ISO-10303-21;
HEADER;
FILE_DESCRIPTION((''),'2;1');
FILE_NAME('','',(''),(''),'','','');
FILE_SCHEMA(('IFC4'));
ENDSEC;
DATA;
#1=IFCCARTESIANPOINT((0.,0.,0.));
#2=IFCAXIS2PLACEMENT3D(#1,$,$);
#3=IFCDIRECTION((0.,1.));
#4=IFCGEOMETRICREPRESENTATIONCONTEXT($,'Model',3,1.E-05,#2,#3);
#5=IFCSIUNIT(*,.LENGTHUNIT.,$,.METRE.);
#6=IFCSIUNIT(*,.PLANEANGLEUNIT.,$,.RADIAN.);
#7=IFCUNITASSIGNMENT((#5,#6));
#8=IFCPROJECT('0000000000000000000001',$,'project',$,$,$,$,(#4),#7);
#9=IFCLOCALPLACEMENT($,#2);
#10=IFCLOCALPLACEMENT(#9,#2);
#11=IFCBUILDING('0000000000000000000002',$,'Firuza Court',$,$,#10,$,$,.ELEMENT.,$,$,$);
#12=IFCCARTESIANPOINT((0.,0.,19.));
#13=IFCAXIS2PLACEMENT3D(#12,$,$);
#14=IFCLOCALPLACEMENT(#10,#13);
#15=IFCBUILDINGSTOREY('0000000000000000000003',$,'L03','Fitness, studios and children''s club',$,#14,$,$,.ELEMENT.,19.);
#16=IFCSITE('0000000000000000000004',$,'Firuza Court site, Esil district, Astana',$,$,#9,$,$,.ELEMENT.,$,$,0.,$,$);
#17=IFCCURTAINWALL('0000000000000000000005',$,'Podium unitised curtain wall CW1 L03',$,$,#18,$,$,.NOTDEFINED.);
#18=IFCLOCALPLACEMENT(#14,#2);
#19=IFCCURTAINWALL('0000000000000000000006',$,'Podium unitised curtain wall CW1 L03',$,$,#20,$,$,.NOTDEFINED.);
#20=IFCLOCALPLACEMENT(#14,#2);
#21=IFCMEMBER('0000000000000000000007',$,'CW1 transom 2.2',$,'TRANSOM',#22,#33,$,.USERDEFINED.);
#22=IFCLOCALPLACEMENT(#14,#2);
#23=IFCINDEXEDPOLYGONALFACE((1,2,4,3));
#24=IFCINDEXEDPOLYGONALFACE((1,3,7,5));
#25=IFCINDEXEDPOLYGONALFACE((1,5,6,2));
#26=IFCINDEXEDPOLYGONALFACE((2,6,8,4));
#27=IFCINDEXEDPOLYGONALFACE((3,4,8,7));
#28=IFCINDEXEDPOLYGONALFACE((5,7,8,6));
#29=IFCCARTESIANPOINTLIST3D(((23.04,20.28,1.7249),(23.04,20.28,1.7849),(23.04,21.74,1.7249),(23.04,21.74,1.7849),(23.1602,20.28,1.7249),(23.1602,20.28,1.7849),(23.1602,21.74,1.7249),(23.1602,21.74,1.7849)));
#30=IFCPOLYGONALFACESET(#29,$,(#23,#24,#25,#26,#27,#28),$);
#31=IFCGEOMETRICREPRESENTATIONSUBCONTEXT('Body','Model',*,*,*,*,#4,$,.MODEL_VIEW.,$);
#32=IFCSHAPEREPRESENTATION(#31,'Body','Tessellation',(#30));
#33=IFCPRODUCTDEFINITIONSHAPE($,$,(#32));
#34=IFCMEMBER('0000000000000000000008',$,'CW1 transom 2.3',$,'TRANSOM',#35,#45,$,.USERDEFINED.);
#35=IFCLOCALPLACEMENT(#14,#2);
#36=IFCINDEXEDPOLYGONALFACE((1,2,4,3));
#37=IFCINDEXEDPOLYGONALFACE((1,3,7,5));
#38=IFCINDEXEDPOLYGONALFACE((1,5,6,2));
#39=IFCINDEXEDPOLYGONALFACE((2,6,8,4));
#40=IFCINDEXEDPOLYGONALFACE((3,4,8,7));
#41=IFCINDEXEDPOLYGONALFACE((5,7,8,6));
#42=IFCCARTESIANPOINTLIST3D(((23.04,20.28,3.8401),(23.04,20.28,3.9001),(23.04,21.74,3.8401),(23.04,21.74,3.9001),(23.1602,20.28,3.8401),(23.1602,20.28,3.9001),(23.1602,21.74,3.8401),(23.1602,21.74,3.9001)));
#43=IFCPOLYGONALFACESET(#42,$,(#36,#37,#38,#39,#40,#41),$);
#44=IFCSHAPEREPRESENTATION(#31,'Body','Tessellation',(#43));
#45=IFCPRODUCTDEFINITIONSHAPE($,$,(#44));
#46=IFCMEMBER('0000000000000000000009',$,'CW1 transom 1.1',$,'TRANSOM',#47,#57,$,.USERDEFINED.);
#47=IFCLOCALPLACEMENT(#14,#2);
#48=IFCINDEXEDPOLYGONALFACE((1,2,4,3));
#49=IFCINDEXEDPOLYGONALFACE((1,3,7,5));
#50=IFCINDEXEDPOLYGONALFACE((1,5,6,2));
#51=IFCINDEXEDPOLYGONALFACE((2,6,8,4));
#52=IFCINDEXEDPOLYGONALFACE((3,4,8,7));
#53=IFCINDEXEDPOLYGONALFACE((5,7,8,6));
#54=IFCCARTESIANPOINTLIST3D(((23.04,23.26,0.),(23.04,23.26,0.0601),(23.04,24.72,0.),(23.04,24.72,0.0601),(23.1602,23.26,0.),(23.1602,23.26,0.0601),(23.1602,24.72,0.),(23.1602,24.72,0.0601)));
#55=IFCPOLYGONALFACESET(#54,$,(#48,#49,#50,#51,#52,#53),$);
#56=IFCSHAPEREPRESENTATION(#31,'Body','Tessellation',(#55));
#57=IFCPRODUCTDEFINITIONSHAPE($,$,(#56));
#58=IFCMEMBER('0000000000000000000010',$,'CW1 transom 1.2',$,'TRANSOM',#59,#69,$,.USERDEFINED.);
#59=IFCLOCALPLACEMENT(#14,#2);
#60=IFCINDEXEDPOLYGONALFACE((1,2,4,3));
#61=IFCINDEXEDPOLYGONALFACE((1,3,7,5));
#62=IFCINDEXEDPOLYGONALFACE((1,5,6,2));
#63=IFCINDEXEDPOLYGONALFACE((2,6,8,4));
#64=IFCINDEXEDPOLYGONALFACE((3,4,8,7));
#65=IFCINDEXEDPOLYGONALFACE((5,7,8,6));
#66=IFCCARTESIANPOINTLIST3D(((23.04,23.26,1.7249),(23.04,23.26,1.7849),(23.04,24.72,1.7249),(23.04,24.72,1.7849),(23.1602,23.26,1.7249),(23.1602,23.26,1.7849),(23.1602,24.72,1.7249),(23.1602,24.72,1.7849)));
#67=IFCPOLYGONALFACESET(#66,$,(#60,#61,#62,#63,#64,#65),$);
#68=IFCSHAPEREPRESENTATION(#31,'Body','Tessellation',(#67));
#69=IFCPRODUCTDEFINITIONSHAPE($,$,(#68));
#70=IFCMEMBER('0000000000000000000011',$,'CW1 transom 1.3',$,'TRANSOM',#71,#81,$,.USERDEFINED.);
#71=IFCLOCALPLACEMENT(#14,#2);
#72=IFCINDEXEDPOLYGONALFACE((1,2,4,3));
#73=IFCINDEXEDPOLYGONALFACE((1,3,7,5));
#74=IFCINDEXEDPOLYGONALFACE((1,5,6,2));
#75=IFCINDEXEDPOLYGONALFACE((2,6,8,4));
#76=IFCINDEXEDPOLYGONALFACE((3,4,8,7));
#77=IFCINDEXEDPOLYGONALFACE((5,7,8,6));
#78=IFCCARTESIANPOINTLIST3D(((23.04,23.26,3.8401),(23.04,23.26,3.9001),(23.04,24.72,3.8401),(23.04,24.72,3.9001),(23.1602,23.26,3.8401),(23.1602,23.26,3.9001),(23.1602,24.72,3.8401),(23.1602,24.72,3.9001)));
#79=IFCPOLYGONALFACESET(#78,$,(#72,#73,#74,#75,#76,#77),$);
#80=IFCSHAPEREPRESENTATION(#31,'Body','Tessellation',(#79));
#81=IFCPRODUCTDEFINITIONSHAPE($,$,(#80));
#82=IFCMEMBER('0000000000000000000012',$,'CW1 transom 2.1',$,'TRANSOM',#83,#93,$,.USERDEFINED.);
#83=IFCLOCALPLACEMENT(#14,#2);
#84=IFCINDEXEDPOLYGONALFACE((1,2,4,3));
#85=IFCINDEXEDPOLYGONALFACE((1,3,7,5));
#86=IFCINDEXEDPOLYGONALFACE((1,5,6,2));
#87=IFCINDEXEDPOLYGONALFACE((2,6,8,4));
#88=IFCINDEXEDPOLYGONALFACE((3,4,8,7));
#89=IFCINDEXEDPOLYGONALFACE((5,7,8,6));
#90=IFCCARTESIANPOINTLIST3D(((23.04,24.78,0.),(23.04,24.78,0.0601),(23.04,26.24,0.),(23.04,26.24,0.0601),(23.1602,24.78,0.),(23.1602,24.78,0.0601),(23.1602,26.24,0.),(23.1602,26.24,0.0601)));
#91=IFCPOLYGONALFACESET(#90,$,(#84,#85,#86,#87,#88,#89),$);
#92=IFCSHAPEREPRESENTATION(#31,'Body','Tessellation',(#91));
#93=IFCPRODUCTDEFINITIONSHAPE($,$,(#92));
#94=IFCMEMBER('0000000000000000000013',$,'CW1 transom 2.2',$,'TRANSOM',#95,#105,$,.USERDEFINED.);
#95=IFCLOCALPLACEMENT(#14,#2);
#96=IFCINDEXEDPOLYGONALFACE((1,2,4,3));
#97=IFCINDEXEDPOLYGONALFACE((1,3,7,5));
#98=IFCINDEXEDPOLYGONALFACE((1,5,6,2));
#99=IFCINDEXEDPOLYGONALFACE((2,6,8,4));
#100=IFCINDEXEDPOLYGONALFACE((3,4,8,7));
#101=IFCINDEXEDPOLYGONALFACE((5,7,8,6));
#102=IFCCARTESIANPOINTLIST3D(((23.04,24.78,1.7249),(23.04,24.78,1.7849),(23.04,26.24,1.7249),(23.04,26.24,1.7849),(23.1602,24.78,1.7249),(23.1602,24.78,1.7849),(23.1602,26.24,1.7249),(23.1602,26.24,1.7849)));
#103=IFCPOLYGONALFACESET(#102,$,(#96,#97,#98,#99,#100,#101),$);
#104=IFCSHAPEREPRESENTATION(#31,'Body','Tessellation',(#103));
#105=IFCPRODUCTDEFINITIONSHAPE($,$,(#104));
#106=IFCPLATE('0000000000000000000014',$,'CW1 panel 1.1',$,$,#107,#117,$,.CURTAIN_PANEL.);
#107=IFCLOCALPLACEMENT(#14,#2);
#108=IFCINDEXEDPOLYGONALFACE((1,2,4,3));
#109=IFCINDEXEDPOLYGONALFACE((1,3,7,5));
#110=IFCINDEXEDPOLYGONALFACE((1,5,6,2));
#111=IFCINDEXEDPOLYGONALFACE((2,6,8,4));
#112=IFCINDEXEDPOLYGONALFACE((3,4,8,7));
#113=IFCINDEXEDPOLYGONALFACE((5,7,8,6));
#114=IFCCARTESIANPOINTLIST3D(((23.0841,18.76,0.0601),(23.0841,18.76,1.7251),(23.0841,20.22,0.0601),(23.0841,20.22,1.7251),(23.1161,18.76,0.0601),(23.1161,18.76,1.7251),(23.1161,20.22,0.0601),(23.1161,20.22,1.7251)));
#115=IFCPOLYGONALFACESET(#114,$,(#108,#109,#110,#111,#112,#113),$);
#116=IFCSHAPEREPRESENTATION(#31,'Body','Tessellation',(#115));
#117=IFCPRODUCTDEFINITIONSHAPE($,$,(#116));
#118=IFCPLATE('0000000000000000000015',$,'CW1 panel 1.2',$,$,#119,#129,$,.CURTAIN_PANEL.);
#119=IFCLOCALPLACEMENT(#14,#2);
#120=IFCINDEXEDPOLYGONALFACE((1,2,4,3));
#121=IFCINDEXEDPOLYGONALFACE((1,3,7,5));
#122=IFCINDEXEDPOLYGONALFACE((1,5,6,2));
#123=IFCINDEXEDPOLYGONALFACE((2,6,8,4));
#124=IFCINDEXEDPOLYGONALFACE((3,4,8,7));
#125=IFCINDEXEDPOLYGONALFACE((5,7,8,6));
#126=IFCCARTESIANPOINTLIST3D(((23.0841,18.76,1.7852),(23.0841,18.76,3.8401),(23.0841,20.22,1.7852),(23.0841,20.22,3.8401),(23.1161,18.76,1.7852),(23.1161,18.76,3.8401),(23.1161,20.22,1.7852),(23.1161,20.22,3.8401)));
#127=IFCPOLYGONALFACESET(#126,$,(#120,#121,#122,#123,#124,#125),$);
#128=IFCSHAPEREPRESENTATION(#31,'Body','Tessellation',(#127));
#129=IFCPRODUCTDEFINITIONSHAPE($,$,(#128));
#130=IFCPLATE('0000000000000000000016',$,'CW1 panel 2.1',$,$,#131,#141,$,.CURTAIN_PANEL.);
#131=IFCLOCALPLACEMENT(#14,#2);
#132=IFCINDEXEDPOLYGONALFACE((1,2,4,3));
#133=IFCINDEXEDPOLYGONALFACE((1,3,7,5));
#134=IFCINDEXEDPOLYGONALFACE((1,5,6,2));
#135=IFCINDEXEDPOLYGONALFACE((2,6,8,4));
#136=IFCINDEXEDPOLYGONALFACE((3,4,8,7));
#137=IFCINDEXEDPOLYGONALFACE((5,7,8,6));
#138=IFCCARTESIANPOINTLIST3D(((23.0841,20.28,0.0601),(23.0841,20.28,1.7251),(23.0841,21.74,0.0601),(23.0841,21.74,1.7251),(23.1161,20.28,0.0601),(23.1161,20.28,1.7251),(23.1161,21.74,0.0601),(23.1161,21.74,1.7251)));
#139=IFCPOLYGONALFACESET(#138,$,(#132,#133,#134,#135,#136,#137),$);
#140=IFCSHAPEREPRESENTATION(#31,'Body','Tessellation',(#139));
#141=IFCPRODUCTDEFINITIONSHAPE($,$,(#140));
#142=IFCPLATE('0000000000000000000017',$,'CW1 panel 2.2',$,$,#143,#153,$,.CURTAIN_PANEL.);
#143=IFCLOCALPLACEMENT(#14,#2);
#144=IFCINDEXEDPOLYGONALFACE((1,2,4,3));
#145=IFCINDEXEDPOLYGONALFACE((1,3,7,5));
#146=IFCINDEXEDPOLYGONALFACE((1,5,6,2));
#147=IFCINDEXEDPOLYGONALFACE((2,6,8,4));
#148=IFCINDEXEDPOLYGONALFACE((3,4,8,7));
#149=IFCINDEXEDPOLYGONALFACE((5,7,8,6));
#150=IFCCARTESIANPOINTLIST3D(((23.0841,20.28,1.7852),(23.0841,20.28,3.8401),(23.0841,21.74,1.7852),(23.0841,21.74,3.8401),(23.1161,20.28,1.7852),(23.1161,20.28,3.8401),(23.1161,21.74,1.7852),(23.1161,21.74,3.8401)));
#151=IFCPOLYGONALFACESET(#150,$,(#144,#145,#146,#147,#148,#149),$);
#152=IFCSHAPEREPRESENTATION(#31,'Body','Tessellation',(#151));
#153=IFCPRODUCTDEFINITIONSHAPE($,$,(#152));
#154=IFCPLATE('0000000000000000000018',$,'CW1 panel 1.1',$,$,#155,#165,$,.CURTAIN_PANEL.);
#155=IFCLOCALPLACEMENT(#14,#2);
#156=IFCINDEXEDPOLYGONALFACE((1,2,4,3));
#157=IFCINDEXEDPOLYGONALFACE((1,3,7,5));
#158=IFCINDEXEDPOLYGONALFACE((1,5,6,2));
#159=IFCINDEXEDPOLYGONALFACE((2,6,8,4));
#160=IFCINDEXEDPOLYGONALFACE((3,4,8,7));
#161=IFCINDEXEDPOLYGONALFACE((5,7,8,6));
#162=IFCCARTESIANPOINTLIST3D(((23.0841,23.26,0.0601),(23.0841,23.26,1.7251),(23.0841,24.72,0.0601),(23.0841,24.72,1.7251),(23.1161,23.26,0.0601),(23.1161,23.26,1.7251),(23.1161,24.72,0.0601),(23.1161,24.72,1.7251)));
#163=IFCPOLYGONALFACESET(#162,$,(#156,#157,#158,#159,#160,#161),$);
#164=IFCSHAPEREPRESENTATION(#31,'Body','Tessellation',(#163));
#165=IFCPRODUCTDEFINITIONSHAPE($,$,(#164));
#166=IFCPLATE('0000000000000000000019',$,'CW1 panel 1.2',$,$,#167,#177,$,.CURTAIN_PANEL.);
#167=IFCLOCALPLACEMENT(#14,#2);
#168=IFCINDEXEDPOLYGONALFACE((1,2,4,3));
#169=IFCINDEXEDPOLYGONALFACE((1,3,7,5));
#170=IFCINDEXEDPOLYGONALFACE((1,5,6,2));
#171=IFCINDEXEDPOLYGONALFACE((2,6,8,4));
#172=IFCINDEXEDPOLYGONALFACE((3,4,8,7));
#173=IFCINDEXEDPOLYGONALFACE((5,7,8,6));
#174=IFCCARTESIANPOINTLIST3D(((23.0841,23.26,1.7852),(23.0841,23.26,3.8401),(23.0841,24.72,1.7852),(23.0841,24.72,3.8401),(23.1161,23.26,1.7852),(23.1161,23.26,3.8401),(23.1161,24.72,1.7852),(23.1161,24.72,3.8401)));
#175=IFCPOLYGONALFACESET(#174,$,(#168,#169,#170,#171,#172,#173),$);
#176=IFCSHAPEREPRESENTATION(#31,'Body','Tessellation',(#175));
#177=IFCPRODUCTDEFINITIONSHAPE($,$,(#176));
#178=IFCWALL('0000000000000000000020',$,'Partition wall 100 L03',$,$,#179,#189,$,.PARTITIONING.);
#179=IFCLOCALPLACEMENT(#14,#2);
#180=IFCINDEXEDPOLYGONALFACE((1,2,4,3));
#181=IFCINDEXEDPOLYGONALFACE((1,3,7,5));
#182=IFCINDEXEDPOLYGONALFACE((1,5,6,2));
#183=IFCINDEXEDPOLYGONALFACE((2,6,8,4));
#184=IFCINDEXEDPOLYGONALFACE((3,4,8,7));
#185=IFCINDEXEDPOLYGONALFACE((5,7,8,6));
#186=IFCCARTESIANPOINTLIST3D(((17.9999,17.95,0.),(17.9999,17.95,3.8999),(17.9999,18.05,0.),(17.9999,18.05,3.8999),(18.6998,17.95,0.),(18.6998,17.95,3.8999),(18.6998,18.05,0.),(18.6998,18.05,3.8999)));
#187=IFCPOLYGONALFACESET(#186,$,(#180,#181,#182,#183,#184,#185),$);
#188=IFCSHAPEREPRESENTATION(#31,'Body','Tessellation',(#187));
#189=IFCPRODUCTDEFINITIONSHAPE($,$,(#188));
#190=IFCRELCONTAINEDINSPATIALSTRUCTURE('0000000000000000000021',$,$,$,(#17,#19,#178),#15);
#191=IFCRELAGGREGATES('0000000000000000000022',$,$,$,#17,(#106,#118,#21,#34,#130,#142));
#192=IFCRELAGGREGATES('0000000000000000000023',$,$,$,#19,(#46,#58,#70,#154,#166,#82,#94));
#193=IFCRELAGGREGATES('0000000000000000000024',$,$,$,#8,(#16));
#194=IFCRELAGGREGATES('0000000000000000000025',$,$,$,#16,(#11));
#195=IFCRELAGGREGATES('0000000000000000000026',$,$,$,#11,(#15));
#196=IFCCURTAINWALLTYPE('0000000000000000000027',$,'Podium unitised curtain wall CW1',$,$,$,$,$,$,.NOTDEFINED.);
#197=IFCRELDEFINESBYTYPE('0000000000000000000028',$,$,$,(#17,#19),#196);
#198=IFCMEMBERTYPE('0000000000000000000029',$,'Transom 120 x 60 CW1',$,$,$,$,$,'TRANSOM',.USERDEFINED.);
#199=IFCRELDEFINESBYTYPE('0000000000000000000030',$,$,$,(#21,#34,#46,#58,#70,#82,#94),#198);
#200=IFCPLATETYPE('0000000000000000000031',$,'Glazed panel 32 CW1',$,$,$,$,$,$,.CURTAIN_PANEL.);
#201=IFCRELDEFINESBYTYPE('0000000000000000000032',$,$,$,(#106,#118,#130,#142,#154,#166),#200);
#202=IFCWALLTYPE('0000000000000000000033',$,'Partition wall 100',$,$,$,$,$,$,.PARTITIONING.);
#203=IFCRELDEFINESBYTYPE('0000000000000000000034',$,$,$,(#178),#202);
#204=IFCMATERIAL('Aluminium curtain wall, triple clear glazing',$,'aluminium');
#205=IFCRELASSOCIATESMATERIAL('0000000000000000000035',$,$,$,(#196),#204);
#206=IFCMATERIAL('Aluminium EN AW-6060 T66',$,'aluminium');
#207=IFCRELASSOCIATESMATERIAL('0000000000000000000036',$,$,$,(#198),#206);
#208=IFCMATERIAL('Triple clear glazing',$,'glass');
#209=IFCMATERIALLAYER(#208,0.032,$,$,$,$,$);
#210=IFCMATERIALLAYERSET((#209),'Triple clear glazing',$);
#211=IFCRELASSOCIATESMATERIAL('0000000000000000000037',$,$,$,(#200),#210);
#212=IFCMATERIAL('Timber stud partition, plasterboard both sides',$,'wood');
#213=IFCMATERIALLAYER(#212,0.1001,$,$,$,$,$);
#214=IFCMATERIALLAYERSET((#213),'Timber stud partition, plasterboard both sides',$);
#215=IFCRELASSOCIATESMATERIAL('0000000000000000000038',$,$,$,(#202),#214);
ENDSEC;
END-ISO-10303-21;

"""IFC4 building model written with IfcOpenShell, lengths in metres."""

from ifc_helpers import new_model, si_unit, direction, frame, frame_2d, origin, origin_2d, place, context, subcontext, project, spatial, rectangle, extrude, material, layer, layer_set, material_profile, profile_set, type_object, element, aggregate, save


model = new_model("IFC4")

# Units and contexts
model_context = context("Model", 3, precision=1e-05, world=origin(), true_north=direction((0.0, 1.0)))
body_context = subcontext(model_context, "Body", "Model", "MODEL_VIEW")
ifc_project = project(units=[si_unit("LENGTHUNIT", "METRE"), si_unit("PLANEANGLEUNIT", "RADIAN")], contexts=[model_context])

# Site, building, storey
site_placement = place(None, origin())
site = spatial("IfcSite", under=ifc_project, at=site_placement, Name="Firuza Court site, Esil district, Astana", CompositionType="ELEMENT", RefElevation=0.0)
building_placement = place(site_placement, origin())
building = spatial("IfcBuilding", under=site, at=building_placement, Name="Firuza Court", CompositionType="ELEMENT")
storey_placement = place(building_placement, frame((0.0, 0.0, 19.0)))
storey = spatial("IfcBuildingStorey", under=building, at=storey_placement, Name="L03", Description="Fitness, studios and children's club", CompositionType="ELEMENT", Elevation=19.0)

# Shared definitions
ifc_material_1 = material(Name="Aluminium curtain wall, triple clear glazing", Category="aluminium")
curtain_wall_type = type_object("IfcCurtainWallType", Name="Podium unitised curtain wall CW1", PredefinedType="NOTDEFINED", material=ifc_material_1)

# Curtain walls
curtain_wall_1_placement = place(storey_placement, origin())
curtain_wall_1 = element("IfcCurtainWall", 1, at=curtain_wall_1_placement, inside=storey, type_object=curtain_wall_type, Name="Podium unitised curtain wall CW1 L03", PredefinedType="NOTDEFINED")
curtain_wall_2_placement = place(storey_placement, origin())
curtain_wall_2 = element("IfcCurtainWall", 2, at=curtain_wall_2_placement, inside=storey, type_object=curtain_wall_type, Name="Podium unitised curtain wall CW1 L03", PredefinedType="NOTDEFINED")

# Members
ifc_material_2 = material(Name="Aluminium EN AW-6060 T66", Category="aluminium")
ifc_material_profile_1 = material_profile(ifc_material_2, rectangle(XDim=0.1201, YDim=0.0601, at=origin_2d()), Name="Transom 120 x 60 CW1")
ifc_profile_set_1 = profile_set([ifc_material_profile_1], Name="Aluminium EN AW-6060 T66")
member_type_1 = type_object("IfcMemberType", Name="Transom 120 x 60 CW1", ElementType="TRANSOM", PredefinedType="USERDEFINED", material=ifc_profile_set_1)
member_1_placement = place(storey_placement, frame((23.1001, 20.28, 1.7549), z_axis=(0.0, 1.0, 0.0), x_axis=(-1.0, 0.0, 0.0)))
member_1 = element("IfcMember", 3, at=member_1_placement, type_object=member_type_1, Name="CW1 transom 2.2", ObjectType="TRANSOM", PredefinedType="USERDEFINED", context=body_context, shape_type="SweptSolid", body=[
    extrude(rectangle(XDim=0.1201, YDim=0.0601, at=origin_2d()), origin(), (0.0, 0.0, 1.0), 1.46),
])
member_2_placement = place(storey_placement, frame((23.1001, 20.28, 3.8701), z_axis=(0.0, 1.0, 0.0), x_axis=(-1.0, 0.0, 0.0)))
member_2 = element("IfcMember", 4, at=member_2_placement, type_object=member_type_1, Name="CW1 transom 2.3", ObjectType="TRANSOM", PredefinedType="USERDEFINED", context=body_context, shape_type="SweptSolid", body=[
    extrude(rectangle(XDim=0.1201, YDim=0.0601, at=origin_2d()), origin(), (0.0, 0.0, 1.0), 1.46),
])
member_3_placement = place(storey_placement, frame((23.1001, 23.26, 0.03), z_axis=(0.0, 1.0, 0.0), x_axis=(-1.0, 0.0, 0.0)))
member_3 = element("IfcMember", 5, at=member_3_placement, type_object=member_type_1, Name="CW1 transom 1.1", ObjectType="TRANSOM", PredefinedType="USERDEFINED", context=body_context, shape_type="SweptSolid", body=[
    extrude(rectangle(XDim=0.1201, YDim=0.0601, at=origin_2d()), origin(), (0.0, 0.0, 1.0), 1.46),
])
member_4_placement = place(storey_placement, frame((23.1001, 23.26, 1.7549), z_axis=(0.0, 1.0, 0.0), x_axis=(-1.0, 0.0, 0.0)))
member_4 = element("IfcMember", 6, at=member_4_placement, type_object=member_type_1, Name="CW1 transom 1.2", ObjectType="TRANSOM", PredefinedType="USERDEFINED", context=body_context, shape_type="SweptSolid", body=[
    extrude(rectangle(XDim=0.1201, YDim=0.0601, at=origin_2d()), origin(), (0.0, 0.0, 1.0), 1.46),
])
member_5_placement = place(storey_placement, frame((23.1001, 23.26, 3.8701), z_axis=(0.0, 1.0, 0.0), x_axis=(-1.0, 0.0, 0.0)))
member_5 = element("IfcMember", 7, at=member_5_placement, type_object=member_type_1, Name="CW1 transom 1.3", ObjectType="TRANSOM", PredefinedType="USERDEFINED", context=body_context, shape_type="SweptSolid", body=[
    extrude(rectangle(XDim=0.1201, YDim=0.0601, at=origin_2d()), origin(), (0.0, 0.0, 1.0), 1.46),
])
member_6_placement = place(storey_placement, frame((23.1001, 24.78, 0.03), z_axis=(0.0, 1.0, 0.0), x_axis=(-1.0, 0.0, 0.0)))
member_6 = element("IfcMember", 8, at=member_6_placement, type_object=member_type_1, Name="CW1 transom 2.1", ObjectType="TRANSOM", PredefinedType="USERDEFINED", context=body_context, shape_type="SweptSolid", body=[
    extrude(rectangle(XDim=0.1201, YDim=0.0601, at=origin_2d()), origin(), (0.0, 0.0, 1.0), 1.46),
])
member_7_placement = place(storey_placement, frame((23.1001, 24.78, 1.7549), z_axis=(0.0, 1.0, 0.0), x_axis=(-1.0, 0.0, 0.0)))
member_7 = element("IfcMember", 9, at=member_7_placement, type_object=member_type_1, Name="CW1 transom 2.2", ObjectType="TRANSOM", PredefinedType="USERDEFINED", context=body_context, shape_type="SweptSolid", body=[
    extrude(rectangle(XDim=0.1201, YDim=0.0601, at=origin_2d()), origin(), (0.0, 0.0, 1.0), 1.46),
])

# Plates
ifc_material_3 = material(Name="Triple clear glazing", Category="glass")
ifc_layer_1 = layer(ifc_material_3, 0.032)
ifc_layer_set_1 = layer_set([ifc_layer_1], Name="Triple clear glazing")
plate_type = type_object("IfcPlateType", Name="Glazed panel 32 CW1", PredefinedType="CURTAIN_PANEL", material=ifc_layer_set_1)
plate_1_placement = place(storey_placement, frame((23.1001, 19.49, 0.0601), z_axis=(0.0, 0.0, 1.0), x_axis=(0.0, 1.0, 0.0)))
plate_1 = element("IfcPlate", 10, at=plate_1_placement, type_object=plate_type, Name="CW1 panel 1.1", PredefinedType="CURTAIN_PANEL", context=body_context, shape_type="SweptSolid", body=[
    extrude(rectangle(XDim=1.46, YDim=0.032, at=origin_2d()), origin(), (0.0, 0.0, 1.0), 1.665),
])
plate_2_placement = place(storey_placement, frame((23.1001, 19.49, 1.7852), z_axis=(0.0, 0.0, 1.0), x_axis=(0.0, 1.0, 0.0)))
plate_2 = element("IfcPlate", 11, at=plate_2_placement, type_object=plate_type, Name="CW1 panel 1.2", PredefinedType="CURTAIN_PANEL", context=body_context, shape_type="SweptSolid", body=[
    extrude(rectangle(XDim=1.46, YDim=0.032, at=origin_2d()), origin(), (0.0, 0.0, 1.0), 2.0549),
])
plate_3_placement = place(storey_placement, frame((23.1001, 21.01, 0.0601), z_axis=(0.0, 0.0, 1.0), x_axis=(0.0, 1.0, 0.0)))
plate_3 = element("IfcPlate", 12, at=plate_3_placement, type_object=plate_type, Name="CW1 panel 2.1", PredefinedType="CURTAIN_PANEL", context=body_context, shape_type="SweptSolid", body=[
    extrude(rectangle(XDim=1.46, YDim=0.032, at=origin_2d()), origin(), (0.0, 0.0, 1.0), 1.665),
])
plate_4_placement = place(storey_placement, frame((23.1001, 21.01, 1.7852), z_axis=(0.0, 0.0, 1.0), x_axis=(0.0, 1.0, 0.0)))
plate_4 = element("IfcPlate", 13, at=plate_4_placement, type_object=plate_type, Name="CW1 panel 2.2", PredefinedType="CURTAIN_PANEL", context=body_context, shape_type="SweptSolid", body=[
    extrude(rectangle(XDim=1.46, YDim=0.032, at=origin_2d()), origin(), (0.0, 0.0, 1.0), 2.0549),
])
aggregate(curtain_wall_1, [plate_1, plate_2, member_1, member_2, plate_3, plate_4])
plate_5_placement = place(storey_placement, frame((23.1001, 23.99, 0.0601), z_axis=(0.0, 0.0, 1.0), x_axis=(0.0, 1.0, 0.0)))
plate_5 = element("IfcPlate", 14, at=plate_5_placement, type_object=plate_type, Name="CW1 panel 1.1", PredefinedType="CURTAIN_PANEL", context=body_context, shape_type="SweptSolid", body=[
    extrude(rectangle(XDim=1.46, YDim=0.032, at=origin_2d()), origin(), (0.0, 0.0, 1.0), 1.665),
])
plate_6_placement = place(storey_placement, frame((23.1001, 23.99, 1.7852), z_axis=(0.0, 0.0, 1.0), x_axis=(0.0, 1.0, 0.0)))
plate_6 = element("IfcPlate", 15, at=plate_6_placement, type_object=plate_type, Name="CW1 panel 1.2", PredefinedType="CURTAIN_PANEL", context=body_context, shape_type="SweptSolid", body=[
    extrude(rectangle(XDim=1.46, YDim=0.032, at=origin_2d()), origin(), (0.0, 0.0, 1.0), 2.0549),
])
aggregate(curtain_wall_2, [member_3, member_4, member_5, plate_5, plate_6, member_6, member_7])

# Wall
ifc_material_4 = material(Name="Timber stud partition, plasterboard both sides", Category="wood")
ifc_layer_2 = layer(ifc_material_4, 0.1001)
ifc_layer_set_2 = layer_set([ifc_layer_2], Name="Timber stud partition, plasterboard both sides")
wall_type = type_object("IfcWallType", Name="Partition wall 100", PredefinedType="PARTITIONING", material=ifc_layer_set_2)
wall_placement = place(storey_placement, frame((18.7, 18.0, 0.0), z_axis=(0.0, 0.0, 1.0), x_axis=(-1.0, 0.0, 0.0)))
element("IfcWall", 16, at=wall_placement, inside=storey, type_object=wall_type, Name="Partition wall 100 L03", PredefinedType="PARTITIONING", context=body_context, shape_type="SweptSolid", body=[
    extrude(rectangle(XDim=0.7, YDim=0.1001, at=frame_2d((0.3501, 0.0))), origin(), (0.0, 0.0, 1.0), 3.8999),
])

save(model, "model.ifc")
